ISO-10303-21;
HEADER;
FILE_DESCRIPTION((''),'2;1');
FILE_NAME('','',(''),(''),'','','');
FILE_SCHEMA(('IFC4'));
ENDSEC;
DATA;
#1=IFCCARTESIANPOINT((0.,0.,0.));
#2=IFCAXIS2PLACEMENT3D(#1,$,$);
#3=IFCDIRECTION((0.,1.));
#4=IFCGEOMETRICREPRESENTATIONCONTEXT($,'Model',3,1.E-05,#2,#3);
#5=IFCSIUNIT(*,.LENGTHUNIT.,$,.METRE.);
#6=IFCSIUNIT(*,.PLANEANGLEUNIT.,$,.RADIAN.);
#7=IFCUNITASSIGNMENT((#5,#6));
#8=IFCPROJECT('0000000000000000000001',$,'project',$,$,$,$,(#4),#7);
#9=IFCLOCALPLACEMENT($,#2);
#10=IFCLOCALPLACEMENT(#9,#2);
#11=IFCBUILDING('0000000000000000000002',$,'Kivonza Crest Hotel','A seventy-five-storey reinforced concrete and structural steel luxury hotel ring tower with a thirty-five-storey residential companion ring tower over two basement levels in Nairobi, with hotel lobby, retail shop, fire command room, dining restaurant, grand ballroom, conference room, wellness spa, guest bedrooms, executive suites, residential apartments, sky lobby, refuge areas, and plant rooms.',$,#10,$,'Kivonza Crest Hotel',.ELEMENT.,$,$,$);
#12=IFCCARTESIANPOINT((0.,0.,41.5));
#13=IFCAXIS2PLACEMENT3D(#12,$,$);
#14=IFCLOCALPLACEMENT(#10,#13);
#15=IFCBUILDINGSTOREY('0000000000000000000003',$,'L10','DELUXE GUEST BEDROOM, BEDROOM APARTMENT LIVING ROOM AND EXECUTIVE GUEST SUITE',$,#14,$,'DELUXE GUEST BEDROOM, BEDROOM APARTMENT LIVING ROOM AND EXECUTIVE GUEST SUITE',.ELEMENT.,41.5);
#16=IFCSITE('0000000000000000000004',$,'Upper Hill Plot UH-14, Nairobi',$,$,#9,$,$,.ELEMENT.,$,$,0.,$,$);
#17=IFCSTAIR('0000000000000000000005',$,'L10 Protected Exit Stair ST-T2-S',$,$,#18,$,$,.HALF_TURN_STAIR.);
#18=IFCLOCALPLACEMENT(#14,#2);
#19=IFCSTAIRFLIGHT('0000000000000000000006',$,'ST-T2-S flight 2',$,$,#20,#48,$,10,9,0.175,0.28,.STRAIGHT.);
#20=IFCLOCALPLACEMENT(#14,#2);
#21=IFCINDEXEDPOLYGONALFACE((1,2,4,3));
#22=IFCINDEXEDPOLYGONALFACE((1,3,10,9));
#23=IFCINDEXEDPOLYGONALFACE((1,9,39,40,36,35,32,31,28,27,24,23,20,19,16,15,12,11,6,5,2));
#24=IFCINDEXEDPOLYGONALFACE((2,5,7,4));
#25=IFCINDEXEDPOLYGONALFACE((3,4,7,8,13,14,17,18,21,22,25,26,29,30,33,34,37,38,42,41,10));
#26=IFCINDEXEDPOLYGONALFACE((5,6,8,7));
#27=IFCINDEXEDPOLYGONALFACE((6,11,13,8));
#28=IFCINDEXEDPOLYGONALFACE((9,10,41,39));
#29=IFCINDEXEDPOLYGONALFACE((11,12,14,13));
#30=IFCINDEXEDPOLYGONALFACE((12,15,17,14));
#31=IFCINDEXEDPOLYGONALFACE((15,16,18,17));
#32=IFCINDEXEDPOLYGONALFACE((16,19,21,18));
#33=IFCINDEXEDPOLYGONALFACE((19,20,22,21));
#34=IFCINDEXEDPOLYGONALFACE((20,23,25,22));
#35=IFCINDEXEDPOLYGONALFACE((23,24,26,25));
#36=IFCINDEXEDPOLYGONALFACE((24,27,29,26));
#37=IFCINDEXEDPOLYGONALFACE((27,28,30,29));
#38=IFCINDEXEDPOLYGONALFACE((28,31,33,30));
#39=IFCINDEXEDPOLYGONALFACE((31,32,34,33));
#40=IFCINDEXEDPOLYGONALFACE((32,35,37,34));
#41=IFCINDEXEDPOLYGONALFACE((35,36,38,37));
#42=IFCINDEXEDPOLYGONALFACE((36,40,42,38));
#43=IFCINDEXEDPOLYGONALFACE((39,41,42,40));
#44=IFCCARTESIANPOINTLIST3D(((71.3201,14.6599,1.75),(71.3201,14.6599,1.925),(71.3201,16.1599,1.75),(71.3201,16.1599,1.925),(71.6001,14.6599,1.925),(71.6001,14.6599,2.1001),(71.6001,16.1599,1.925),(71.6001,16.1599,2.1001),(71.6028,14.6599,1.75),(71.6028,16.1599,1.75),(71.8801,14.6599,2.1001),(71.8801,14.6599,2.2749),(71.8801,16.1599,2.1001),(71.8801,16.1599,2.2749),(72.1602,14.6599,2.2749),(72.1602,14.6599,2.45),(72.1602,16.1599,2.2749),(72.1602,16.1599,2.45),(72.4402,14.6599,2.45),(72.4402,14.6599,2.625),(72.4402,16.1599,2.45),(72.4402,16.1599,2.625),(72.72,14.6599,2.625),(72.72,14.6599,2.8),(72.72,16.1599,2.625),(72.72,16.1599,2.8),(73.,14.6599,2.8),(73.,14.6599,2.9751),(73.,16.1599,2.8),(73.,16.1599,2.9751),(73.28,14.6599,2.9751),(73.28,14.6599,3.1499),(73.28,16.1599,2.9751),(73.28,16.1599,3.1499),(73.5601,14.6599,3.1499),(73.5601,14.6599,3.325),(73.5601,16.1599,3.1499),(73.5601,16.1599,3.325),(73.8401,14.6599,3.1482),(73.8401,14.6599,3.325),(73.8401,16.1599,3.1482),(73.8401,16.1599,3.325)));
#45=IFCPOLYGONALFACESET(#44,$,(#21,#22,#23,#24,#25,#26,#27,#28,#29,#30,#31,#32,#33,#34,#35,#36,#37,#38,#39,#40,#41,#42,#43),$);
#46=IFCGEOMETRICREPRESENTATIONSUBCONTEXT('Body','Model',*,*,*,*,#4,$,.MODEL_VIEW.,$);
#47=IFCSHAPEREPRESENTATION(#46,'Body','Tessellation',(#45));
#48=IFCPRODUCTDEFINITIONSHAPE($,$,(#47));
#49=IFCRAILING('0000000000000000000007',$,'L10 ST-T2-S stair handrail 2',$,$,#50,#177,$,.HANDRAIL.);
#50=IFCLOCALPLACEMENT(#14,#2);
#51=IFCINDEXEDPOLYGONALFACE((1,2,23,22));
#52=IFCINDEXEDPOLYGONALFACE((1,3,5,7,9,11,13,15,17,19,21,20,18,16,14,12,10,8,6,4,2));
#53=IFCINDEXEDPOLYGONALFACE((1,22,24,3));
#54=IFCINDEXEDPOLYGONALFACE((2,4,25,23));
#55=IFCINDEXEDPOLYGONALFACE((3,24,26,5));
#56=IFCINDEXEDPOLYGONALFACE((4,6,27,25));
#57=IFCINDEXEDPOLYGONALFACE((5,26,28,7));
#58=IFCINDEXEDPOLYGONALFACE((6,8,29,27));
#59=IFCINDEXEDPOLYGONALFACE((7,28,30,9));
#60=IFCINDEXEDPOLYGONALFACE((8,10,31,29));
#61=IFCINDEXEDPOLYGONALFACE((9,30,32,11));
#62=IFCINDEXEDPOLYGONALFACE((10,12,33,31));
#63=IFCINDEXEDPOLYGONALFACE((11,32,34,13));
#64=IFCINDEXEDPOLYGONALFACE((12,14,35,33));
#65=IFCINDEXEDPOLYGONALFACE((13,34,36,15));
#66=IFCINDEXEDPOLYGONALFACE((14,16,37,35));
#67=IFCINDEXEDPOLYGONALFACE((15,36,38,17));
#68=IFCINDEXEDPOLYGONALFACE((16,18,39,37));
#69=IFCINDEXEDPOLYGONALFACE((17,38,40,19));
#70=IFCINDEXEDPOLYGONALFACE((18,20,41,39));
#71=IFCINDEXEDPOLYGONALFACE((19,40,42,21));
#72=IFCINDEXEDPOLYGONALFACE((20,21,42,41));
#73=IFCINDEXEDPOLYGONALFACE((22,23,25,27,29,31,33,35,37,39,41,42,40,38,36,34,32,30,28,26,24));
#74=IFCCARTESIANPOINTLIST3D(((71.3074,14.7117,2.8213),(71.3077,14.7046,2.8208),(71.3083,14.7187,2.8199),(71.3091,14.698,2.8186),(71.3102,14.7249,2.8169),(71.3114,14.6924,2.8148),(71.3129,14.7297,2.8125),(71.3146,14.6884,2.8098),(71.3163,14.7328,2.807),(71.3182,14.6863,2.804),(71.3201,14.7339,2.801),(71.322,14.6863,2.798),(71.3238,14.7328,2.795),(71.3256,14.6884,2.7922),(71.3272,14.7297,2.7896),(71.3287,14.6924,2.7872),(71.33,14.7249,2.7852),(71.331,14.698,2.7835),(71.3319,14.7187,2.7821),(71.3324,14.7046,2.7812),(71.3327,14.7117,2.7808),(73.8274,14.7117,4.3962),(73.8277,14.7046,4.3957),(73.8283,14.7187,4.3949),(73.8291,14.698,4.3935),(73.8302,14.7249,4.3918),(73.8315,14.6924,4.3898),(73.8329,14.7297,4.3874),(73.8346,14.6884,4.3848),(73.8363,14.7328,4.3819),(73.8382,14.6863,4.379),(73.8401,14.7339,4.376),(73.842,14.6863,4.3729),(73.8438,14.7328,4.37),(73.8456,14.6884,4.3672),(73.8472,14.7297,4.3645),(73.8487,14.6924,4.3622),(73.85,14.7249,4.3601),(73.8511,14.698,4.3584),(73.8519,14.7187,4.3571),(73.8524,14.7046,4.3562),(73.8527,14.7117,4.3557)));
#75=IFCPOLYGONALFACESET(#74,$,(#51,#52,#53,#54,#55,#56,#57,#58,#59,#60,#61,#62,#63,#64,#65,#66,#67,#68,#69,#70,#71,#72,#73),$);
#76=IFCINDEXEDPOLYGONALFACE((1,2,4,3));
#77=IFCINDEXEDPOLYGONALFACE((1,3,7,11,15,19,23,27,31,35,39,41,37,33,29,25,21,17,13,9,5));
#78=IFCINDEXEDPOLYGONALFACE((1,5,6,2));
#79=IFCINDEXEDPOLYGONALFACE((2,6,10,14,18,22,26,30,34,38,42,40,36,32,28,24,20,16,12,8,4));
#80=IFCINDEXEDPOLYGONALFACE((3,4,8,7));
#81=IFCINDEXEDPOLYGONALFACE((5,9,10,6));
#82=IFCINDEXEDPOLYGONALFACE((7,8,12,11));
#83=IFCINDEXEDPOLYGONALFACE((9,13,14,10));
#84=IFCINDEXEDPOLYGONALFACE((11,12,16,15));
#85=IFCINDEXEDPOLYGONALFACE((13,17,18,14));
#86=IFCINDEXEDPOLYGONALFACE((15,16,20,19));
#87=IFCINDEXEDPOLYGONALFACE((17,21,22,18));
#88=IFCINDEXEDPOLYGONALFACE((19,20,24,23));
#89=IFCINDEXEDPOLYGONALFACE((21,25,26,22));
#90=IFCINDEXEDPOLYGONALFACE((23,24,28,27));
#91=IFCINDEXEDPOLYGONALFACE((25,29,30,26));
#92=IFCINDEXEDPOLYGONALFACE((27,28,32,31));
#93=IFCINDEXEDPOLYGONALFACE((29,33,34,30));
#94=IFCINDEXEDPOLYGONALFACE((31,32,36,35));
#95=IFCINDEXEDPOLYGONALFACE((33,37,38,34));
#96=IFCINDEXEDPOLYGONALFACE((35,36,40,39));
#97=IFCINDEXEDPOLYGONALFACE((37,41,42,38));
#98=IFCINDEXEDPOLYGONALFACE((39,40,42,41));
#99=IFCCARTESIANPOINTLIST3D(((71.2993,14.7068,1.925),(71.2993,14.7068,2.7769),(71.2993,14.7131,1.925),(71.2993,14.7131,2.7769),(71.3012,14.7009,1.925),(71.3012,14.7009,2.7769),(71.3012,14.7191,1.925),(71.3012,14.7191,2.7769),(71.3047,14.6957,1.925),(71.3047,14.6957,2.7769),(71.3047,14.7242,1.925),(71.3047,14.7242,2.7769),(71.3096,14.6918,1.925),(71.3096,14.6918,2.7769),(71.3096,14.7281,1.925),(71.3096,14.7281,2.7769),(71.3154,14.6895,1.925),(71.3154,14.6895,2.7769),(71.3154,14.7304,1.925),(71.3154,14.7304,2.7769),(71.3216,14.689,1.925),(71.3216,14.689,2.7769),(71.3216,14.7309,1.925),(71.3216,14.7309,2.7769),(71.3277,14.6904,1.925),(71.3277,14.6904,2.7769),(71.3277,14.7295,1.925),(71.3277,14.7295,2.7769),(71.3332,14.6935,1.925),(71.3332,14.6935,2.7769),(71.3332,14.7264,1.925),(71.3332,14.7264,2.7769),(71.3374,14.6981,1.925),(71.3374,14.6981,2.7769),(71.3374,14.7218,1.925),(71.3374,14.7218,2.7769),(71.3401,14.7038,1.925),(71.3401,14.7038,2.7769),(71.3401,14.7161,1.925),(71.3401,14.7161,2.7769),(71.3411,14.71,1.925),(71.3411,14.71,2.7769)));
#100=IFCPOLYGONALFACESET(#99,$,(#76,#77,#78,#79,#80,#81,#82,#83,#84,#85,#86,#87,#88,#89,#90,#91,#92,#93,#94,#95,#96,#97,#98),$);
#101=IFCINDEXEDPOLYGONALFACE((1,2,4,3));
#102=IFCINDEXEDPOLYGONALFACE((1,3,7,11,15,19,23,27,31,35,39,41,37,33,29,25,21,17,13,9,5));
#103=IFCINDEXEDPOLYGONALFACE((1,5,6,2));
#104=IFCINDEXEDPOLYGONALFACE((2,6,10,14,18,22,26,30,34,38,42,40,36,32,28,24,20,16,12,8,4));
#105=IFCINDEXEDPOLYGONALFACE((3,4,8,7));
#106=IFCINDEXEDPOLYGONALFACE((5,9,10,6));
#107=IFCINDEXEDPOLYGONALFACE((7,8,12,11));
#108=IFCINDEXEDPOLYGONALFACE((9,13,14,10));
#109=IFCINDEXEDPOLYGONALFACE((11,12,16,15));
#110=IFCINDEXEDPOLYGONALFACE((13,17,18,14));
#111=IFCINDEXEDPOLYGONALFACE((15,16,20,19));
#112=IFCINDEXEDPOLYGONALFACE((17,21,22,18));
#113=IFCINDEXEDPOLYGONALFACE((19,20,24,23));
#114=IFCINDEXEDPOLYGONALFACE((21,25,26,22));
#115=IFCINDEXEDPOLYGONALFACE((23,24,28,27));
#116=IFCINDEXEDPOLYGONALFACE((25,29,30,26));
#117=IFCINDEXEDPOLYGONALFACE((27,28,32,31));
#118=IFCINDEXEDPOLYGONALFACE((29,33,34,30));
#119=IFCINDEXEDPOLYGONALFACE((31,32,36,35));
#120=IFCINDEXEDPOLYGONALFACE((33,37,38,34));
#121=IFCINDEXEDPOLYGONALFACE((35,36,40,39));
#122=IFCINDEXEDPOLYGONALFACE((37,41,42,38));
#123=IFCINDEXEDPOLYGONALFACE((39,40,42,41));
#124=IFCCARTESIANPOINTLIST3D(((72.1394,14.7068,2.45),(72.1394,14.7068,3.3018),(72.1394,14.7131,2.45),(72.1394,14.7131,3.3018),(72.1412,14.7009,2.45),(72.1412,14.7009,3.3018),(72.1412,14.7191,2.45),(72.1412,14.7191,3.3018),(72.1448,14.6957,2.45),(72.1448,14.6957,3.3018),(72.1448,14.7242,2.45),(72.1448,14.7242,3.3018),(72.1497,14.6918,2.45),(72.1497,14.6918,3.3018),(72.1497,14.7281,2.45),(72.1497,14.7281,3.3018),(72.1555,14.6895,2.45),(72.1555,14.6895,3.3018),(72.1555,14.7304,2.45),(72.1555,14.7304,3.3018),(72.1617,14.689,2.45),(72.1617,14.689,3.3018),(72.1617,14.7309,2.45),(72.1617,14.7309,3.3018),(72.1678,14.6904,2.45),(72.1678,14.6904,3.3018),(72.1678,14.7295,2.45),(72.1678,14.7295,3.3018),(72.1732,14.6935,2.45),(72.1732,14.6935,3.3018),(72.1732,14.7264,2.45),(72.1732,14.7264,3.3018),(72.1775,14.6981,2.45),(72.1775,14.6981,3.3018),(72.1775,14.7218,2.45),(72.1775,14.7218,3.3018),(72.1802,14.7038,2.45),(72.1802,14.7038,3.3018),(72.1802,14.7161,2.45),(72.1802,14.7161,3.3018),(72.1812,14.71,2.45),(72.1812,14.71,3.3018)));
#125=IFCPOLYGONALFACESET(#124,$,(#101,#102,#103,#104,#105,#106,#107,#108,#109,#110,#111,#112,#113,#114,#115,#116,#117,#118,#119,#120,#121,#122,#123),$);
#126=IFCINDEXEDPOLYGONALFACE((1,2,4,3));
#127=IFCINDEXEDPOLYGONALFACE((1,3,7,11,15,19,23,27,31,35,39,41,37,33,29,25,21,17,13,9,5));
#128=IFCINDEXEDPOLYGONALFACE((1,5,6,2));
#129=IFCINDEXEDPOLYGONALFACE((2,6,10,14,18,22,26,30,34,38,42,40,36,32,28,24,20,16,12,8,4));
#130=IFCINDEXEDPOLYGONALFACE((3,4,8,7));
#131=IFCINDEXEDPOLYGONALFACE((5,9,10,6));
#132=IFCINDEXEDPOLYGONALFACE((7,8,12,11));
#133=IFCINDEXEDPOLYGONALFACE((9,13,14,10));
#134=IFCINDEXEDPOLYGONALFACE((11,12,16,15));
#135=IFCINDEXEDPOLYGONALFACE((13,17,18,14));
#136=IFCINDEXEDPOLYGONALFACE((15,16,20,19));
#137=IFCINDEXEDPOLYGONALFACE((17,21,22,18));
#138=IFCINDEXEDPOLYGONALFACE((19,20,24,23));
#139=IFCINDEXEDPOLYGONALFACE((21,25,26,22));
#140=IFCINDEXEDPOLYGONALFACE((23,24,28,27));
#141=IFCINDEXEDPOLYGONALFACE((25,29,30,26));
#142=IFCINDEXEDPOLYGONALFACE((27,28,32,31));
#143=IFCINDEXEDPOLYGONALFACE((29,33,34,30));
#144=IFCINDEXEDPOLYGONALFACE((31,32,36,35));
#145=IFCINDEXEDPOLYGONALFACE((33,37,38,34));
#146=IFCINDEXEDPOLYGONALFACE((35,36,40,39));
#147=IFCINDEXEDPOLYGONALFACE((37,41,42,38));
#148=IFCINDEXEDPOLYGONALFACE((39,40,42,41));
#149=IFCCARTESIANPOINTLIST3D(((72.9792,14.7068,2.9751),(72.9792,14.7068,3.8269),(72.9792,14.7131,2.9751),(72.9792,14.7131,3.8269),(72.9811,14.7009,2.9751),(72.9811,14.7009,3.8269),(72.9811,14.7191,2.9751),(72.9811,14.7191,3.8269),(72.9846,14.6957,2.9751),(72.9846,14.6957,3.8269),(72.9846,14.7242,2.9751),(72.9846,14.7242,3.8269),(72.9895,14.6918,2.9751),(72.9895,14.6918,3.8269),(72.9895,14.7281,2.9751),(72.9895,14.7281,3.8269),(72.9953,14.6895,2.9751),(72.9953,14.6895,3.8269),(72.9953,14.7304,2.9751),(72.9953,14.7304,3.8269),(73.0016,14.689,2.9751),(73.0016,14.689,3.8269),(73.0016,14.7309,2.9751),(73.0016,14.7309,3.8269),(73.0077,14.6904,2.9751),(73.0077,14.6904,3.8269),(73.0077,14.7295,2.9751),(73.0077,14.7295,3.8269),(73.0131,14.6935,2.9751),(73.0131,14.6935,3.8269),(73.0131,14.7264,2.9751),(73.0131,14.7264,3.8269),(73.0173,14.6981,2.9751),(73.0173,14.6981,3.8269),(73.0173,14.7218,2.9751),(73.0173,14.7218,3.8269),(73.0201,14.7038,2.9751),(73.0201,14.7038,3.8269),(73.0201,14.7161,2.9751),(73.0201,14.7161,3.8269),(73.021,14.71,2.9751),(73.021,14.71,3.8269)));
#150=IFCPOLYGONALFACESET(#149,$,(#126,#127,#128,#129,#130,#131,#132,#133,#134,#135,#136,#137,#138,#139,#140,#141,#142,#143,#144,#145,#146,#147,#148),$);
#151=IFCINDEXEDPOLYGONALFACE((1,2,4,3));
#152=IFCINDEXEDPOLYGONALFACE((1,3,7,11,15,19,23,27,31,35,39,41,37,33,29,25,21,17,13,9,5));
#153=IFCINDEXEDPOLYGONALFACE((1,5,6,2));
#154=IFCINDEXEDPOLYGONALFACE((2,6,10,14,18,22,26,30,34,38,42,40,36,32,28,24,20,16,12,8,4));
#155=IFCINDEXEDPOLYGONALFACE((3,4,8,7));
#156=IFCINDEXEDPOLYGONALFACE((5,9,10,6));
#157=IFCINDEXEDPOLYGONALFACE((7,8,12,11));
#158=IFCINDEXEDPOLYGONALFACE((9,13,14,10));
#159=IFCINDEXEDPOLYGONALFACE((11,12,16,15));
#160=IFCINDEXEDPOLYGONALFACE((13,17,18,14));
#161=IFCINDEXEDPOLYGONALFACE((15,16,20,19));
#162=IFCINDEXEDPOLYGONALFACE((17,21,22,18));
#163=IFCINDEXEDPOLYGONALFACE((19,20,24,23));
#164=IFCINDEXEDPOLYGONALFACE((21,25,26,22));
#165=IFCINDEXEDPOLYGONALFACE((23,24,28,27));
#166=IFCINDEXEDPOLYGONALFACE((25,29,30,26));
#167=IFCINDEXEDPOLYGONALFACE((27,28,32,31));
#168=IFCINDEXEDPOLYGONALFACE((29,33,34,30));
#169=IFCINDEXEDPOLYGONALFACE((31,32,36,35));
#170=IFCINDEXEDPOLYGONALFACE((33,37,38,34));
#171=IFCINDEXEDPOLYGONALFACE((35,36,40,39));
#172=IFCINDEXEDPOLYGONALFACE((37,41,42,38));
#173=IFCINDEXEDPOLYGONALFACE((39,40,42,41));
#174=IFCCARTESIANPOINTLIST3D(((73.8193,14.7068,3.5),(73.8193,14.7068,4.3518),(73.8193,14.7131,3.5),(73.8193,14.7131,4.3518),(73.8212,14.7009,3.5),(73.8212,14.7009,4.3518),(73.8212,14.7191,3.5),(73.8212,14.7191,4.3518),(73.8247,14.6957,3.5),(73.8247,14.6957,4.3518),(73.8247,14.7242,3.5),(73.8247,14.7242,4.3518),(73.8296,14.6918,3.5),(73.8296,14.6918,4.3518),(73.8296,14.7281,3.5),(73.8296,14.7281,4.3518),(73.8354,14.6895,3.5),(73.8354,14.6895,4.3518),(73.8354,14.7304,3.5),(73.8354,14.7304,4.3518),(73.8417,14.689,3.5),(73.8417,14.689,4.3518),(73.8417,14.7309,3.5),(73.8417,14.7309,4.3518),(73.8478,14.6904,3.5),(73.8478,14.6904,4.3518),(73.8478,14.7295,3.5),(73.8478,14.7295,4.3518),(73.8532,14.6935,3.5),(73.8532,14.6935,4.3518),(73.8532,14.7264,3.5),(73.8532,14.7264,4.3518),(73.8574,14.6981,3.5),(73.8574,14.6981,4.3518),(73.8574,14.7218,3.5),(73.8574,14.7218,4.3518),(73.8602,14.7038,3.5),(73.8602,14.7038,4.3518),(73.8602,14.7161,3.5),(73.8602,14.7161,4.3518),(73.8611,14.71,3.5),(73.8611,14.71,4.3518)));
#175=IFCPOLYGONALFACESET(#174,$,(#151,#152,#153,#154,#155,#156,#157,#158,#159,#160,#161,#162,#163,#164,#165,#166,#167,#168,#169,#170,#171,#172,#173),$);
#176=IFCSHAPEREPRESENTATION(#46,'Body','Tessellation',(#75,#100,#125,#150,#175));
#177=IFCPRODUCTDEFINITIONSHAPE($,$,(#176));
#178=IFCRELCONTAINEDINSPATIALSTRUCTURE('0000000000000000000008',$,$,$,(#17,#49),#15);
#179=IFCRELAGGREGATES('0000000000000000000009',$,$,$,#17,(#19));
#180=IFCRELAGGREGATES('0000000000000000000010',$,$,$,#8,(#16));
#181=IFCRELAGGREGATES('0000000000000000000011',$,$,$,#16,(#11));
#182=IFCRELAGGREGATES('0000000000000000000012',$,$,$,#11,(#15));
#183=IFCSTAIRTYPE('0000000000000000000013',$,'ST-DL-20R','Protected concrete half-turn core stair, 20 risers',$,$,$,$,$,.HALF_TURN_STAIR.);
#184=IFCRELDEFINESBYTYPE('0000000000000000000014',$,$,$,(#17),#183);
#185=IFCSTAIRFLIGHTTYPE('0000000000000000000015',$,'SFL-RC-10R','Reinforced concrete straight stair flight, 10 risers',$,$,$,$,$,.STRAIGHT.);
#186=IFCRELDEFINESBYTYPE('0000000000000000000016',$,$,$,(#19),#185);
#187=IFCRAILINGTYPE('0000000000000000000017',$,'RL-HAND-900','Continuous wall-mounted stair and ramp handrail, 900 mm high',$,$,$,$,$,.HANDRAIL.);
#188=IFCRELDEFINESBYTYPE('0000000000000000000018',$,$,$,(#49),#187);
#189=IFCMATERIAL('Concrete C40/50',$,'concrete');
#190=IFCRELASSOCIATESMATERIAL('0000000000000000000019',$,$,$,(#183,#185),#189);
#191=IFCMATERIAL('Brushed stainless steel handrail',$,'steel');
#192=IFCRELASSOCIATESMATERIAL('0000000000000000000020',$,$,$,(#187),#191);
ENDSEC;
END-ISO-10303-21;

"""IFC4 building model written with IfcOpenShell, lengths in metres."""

from ifc_helpers import new_model, si_unit, direction, frame, origin, origin_2d, place, context, subcontext, project, spatial, polyline, circle, outline, extrude, material, type_object, element, aggregate, save


model = new_model("IFC4")

# Units and contexts
model_context = context("Model", 3, precision=1e-05, world=origin(), true_north=direction((0.0, 1.0)))
body_context = subcontext(model_context, "Body", "Model", "MODEL_VIEW")
ifc_project = project(units=[si_unit("LENGTHUNIT", "METRE"), si_unit("PLANEANGLEUNIT", "RADIAN")], contexts=[model_context])

# Site, building, storey
site_placement = place(None, origin())
site = spatial("IfcSite", under=ifc_project, at=site_placement, Name="Upper Hill Plot UH-14, Nairobi", CompositionType="ELEMENT", RefElevation=0.0)
building_placement = place(site_placement, origin())
building = spatial("IfcBuilding", under=site, at=building_placement, Name="Kivonza Crest Hotel", Description="A seventy-five-storey reinforced concrete and structural steel luxury hotel ring tower with a thirty-five-storey residential companion ring tower over two basement levels in Nairobi, with hotel lobby, retail shop, fire command room, dining restaurant, grand ballroom, conference room, wellness spa, guest bedrooms, executive suites, residential apartments, sky lobby, refuge areas, and plant rooms.", LongName="Kivonza Crest Hotel", CompositionType="ELEMENT")
storey_placement = place(building_placement, frame((0.0, 0.0, 41.5)))
storey = spatial("IfcBuildingStorey", under=building, at=storey_placement, Name="L10", Description="DELUXE GUEST BEDROOM, BEDROOM APARTMENT LIVING ROOM AND EXECUTIVE GUEST SUITE", LongName="DELUXE GUEST BEDROOM, BEDROOM APARTMENT LIVING ROOM AND EXECUTIVE GUEST SUITE", CompositionType="ELEMENT", Elevation=41.5)

# Stair, stair flight
ifc_material_1 = material(Name="Concrete C40/50", Category="concrete")
stair_type = type_object("IfcStairType", Name="ST-DL-20R", Description="Protected concrete half-turn core stair, 20 risers", PredefinedType="HALF_TURN_STAIR", material=ifc_material_1)
stair_placement = place(storey_placement, origin())
stair = element("IfcStair", 1, at=stair_placement, inside=storey, type_object=stair_type, Name="L10 Protected Exit Stair ST-T2-S", PredefinedType="HALF_TURN_STAIR")
stair_flight_type = type_object("IfcStairFlightType", Name="SFL-RC-10R", Description="Reinforced concrete straight stair flight, 10 risers", PredefinedType="STRAIGHT", material=ifc_material_1)
stair_flight_placement = place(storey_placement, frame((71.3201, 15.4099, 1.75), z_axis=(0.0, 0.0, 1.0), x_axis=(1.0, 0.0, 0.0)))
stair_flight = element("IfcStairFlight", 2, at=stair_flight_placement, type_object=stair_flight_type, Name="ST-T2-S flight 2", NumberOfRisers=10, NumberOfTreads=9, PredefinedType="STRAIGHT", RiserHeight=0.175, TreadLength=0.28, context=body_context, shape_type="SweptSolid", body=[
    extrude(outline(polyline([(0.0, 0.0), (0.0, 0.175), (0.28, 0.175), (0.28, 0.3501), (0.5601, 0.3501), (0.5601, 0.5249), (0.8401, 0.5249), (0.8401, 0.7), (1.1201, 0.7), (1.1201, 0.875), (1.3999, 0.875), (1.3999, 1.05), (1.6799, 1.05), (1.6799, 1.2251), (1.96, 1.2251), (1.96, 1.3999), (2.24, 1.3999), (2.24, 1.575), (2.52, 1.575), (2.52, 1.75), (2.52, 1.3982), (0.2827, 0.0), (0.0, 0.0)])), frame((0.0, 0.75, 0.0), z_axis=(0.0, -1.0, 0.0), x_axis=(1.0, 0.0, 0.0)), (0.0, 0.0, 1.0), 1.5),
])
aggregate(stair, [stair_flight])

# Railing
ifc_material_2 = material(Name="Brushed stainless steel handrail", Category="steel")
railing_type_1 = type_object("IfcRailingType", Name="RL-HAND-900", Description="Continuous wall-mounted stair and ramp handrail, 900 mm high", PredefinedType="HANDRAIL", material=ifc_material_2)
railing_1_placement = place(storey_placement, frame((71.3201, 14.71, 1.925)))
element("IfcRailing", 3, at=railing_1_placement, inside=storey, type_object=railing_type_1, Name="L10 ST-T2-S stair handrail 2", PredefinedType="HANDRAIL", context=body_context, shape_type="SweptSolid", body=[
    extrude(circle(Radius=0.0239, at=origin_2d()), frame((0.0, 0.0, 0.876), z_axis=(0.848008, 0.0, 0.529984), x_axis=(0.0, 1.0, 0.0)), (0.0, 0.0, 1.0), 2.9717),
    extrude(circle(Radius=0.021, at=origin_2d()), origin(), (0.0, 0.0, 1.0), 0.8518),
    extrude(circle(Radius=0.021, at=origin_2d()), frame((0.8401, 0.0, 0.5249)), (0.0, 0.0, 1.0), 0.8518),
    extrude(circle(Radius=0.021, at=origin_2d()), frame((1.6799, 0.0, 1.05)), (0.0, 0.0, 1.0), 0.8518),
    extrude(circle(Radius=0.021, at=origin_2d()), frame((2.52, 0.0, 1.575)), (0.0, 0.0, 1.0), 0.8518),
])

save(model, "model.ifc")
